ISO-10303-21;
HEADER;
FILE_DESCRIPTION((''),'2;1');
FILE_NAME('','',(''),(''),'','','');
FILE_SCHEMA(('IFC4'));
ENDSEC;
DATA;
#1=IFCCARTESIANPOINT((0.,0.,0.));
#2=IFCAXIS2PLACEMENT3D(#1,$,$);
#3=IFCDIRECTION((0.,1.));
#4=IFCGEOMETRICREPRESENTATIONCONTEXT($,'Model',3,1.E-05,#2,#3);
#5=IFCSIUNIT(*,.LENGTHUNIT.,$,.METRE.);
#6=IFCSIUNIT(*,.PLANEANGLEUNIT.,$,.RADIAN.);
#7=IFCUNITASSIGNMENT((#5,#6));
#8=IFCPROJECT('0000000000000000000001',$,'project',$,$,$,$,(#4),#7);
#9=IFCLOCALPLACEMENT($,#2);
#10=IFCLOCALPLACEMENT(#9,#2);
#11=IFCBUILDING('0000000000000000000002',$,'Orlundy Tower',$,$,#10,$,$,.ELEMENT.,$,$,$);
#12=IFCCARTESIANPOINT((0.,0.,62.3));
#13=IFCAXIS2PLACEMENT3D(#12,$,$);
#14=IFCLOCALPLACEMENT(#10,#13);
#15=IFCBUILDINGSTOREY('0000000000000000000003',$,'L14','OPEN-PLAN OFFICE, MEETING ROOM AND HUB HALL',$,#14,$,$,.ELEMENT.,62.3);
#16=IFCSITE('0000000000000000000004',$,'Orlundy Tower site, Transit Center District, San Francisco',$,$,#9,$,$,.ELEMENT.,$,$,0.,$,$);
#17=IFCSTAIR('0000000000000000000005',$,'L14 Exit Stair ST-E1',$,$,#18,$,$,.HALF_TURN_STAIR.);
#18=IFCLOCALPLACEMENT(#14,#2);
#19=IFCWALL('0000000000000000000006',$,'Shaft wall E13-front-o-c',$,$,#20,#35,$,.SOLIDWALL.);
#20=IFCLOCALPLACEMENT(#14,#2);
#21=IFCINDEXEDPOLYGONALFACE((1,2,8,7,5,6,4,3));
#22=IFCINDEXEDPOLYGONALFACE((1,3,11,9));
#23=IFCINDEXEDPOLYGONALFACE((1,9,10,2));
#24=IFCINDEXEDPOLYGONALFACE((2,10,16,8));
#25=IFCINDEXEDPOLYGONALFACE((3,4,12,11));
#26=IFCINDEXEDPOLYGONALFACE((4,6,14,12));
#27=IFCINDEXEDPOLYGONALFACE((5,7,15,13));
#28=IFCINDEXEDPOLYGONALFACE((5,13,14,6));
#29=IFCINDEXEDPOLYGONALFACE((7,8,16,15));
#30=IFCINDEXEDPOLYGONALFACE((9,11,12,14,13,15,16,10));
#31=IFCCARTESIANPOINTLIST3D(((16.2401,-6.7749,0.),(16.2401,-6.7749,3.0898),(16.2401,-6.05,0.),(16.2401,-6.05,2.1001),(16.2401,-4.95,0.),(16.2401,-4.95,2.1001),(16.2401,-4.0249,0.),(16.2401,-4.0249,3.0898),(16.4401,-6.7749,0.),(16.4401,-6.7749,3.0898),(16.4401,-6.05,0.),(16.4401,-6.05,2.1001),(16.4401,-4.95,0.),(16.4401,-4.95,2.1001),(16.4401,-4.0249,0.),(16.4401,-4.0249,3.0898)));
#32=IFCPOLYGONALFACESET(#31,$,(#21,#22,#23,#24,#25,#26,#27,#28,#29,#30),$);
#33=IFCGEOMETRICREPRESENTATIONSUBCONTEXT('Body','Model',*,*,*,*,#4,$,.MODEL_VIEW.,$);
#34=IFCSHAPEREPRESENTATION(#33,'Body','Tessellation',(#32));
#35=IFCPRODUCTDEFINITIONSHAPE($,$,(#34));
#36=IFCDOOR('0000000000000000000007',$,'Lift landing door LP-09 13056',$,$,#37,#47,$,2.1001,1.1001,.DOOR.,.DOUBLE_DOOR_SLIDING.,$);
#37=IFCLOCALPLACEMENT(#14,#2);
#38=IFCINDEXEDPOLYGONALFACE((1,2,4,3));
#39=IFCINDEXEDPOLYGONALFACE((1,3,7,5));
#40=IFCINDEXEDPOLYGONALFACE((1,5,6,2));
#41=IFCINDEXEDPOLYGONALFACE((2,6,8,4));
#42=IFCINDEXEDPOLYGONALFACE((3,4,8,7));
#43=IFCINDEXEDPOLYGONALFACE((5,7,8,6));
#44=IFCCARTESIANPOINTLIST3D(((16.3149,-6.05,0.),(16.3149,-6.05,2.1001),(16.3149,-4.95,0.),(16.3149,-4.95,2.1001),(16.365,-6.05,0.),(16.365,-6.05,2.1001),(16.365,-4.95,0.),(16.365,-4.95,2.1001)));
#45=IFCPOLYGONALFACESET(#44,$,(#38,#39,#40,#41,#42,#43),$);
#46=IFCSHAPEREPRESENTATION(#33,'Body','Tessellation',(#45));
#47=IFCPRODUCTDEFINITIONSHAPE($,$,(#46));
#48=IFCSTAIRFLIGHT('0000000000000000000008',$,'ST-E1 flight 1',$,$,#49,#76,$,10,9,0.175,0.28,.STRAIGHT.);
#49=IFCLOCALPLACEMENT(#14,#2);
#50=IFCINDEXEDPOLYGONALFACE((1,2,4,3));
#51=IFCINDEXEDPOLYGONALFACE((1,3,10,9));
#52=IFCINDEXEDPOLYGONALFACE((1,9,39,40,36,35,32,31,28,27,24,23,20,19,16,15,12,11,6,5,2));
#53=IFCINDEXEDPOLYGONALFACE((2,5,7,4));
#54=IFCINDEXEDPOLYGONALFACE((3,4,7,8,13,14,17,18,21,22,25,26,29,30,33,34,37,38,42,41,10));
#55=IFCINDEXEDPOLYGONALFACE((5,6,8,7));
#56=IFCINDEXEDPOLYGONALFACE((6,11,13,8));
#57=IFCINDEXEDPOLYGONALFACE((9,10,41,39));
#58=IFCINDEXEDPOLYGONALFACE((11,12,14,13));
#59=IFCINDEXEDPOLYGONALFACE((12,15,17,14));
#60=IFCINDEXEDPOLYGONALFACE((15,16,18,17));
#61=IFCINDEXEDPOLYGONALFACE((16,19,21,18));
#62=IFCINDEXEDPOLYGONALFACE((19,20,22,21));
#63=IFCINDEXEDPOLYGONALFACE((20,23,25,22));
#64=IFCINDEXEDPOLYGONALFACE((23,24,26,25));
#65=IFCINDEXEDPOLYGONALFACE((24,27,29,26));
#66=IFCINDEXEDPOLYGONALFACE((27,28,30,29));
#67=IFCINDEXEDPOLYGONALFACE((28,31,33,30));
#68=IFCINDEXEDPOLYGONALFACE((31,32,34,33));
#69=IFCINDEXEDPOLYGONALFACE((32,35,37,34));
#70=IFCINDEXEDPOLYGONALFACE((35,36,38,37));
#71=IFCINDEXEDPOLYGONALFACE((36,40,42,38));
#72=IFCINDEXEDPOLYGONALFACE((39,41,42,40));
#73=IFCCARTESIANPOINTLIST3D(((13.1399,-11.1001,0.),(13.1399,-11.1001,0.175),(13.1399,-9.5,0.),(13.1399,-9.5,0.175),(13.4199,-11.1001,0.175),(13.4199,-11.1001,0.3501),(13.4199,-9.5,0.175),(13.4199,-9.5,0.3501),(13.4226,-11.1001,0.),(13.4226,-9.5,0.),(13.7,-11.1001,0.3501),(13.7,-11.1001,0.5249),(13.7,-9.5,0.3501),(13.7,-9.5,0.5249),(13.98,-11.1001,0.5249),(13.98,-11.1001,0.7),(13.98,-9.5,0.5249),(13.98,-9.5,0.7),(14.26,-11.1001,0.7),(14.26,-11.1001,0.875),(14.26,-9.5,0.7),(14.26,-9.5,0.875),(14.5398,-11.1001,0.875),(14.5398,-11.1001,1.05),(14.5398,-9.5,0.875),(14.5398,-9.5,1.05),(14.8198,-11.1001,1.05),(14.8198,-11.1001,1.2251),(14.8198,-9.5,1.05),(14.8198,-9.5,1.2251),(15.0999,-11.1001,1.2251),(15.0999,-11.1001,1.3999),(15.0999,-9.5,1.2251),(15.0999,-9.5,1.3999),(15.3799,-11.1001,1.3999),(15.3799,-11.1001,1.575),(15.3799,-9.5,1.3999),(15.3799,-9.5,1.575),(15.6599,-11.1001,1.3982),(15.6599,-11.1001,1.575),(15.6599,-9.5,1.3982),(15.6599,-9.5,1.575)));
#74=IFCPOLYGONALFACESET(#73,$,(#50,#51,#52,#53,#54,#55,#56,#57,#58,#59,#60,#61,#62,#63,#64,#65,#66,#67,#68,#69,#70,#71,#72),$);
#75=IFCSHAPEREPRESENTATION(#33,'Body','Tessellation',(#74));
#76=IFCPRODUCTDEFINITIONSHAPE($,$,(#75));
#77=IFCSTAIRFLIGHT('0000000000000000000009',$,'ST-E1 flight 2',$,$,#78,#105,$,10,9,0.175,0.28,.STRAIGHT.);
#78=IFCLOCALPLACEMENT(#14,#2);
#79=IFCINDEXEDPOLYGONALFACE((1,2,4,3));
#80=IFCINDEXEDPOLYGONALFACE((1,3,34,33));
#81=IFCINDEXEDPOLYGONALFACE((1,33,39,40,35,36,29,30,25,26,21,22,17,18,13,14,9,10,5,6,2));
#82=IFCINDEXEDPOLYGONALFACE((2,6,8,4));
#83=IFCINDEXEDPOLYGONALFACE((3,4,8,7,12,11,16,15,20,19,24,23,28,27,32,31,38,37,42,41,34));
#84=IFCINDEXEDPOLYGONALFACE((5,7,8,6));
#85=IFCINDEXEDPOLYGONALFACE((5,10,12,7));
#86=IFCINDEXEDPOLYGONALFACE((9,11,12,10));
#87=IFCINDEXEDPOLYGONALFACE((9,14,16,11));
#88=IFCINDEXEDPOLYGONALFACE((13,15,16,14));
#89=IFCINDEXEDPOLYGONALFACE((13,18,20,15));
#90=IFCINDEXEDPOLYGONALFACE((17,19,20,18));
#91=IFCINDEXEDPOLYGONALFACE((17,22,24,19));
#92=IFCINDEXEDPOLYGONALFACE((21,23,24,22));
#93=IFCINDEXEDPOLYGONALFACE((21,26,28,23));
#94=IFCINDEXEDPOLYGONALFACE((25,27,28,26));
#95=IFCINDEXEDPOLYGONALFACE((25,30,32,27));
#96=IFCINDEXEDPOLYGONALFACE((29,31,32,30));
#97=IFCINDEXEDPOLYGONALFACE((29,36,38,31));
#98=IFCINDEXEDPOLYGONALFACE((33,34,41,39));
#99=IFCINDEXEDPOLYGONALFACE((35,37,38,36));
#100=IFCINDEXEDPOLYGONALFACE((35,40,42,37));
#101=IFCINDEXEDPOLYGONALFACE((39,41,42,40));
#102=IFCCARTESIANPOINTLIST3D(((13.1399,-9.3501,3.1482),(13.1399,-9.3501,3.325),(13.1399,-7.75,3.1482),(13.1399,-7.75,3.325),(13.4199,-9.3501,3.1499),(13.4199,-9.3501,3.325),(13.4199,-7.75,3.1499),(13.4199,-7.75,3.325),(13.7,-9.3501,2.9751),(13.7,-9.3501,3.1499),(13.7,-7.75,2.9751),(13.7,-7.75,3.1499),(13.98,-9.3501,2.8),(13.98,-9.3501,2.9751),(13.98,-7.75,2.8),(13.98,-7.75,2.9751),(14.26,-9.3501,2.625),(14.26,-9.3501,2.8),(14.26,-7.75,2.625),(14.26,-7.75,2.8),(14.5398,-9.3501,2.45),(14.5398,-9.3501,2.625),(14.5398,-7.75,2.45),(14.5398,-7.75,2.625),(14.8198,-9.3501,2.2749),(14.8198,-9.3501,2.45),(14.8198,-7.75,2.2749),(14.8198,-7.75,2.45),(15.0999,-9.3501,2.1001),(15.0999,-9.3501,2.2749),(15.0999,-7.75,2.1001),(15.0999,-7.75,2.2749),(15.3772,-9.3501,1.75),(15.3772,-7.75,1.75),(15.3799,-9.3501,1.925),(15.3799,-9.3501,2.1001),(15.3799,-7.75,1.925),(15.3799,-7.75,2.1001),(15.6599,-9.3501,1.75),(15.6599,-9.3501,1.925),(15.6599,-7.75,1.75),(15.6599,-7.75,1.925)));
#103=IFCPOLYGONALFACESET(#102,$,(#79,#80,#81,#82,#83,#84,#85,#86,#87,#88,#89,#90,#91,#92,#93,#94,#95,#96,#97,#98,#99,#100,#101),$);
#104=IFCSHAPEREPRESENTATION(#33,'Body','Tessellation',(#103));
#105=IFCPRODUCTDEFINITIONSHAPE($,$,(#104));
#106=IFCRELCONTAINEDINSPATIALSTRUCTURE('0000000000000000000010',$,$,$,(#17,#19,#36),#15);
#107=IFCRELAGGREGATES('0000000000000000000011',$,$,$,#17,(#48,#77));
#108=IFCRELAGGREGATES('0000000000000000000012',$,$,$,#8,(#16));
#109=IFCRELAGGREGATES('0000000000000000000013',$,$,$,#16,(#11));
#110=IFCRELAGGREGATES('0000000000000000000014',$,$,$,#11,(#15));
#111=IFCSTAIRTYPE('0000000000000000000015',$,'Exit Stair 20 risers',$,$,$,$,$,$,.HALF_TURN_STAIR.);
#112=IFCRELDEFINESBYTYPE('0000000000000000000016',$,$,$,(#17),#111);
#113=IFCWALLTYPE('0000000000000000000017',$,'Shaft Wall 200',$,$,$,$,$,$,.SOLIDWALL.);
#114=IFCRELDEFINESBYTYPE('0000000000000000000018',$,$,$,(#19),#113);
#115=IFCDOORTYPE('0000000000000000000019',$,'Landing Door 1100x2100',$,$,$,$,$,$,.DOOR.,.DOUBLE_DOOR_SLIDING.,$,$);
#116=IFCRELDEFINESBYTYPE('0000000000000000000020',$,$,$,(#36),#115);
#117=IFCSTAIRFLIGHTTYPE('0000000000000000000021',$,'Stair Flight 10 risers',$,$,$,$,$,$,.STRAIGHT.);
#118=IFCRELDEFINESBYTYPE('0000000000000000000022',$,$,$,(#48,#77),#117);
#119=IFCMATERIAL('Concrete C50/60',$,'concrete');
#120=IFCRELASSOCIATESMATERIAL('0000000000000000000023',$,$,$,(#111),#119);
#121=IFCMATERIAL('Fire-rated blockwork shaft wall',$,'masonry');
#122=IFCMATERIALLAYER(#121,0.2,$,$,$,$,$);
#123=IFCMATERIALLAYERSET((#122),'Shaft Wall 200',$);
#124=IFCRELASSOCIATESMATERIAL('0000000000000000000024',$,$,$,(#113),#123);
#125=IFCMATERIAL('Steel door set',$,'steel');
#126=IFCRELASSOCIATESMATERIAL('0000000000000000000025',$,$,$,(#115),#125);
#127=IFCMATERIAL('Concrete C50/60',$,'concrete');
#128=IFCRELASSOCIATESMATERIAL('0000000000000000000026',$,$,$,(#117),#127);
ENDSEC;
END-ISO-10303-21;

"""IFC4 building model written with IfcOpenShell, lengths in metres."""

from ifc_helpers import new_model, si_unit, direction, frame, frame_2d, origin, place, context, subcontext, project, spatial, polyline, rectangle, outline, extrude, material, layer, layer_set, type_object, element, fill, aggregate, save


model = new_model("IFC4")

# Units and contexts
model_context = context("Model", 3, precision=1e-05, world=origin(), true_north=direction((0.0, 1.0)))
body_context = subcontext(model_context, "Body", "Model", "MODEL_VIEW")
ifc_project = project(units=[si_unit("LENGTHUNIT", "METRE"), si_unit("PLANEANGLEUNIT", "RADIAN")], contexts=[model_context])

# Site, building, storey
site_placement = place(None, origin())
site = spatial("IfcSite", under=ifc_project, at=site_placement, Name="Orlundy Tower site, Transit Center District, San Francisco", CompositionType="ELEMENT", RefElevation=0.0)
building_placement = place(site_placement, origin())
building = spatial("IfcBuilding", under=site, at=building_placement, Name="Orlundy Tower", CompositionType="ELEMENT")
storey_placement = place(building_placement, frame((0.0, 0.0, 62.3)))
storey = spatial("IfcBuildingStorey", under=building, at=storey_placement, Name="L14", Description="OPEN-PLAN OFFICE, MEETING ROOM AND HUB HALL", CompositionType="ELEMENT", Elevation=62.3)

# Stair
ifc_material_1 = material(Name="Concrete C50/60", Category="concrete")
stair_type = type_object("IfcStairType", Name="Exit Stair 20 risers", PredefinedType="HALF_TURN_STAIR", material=ifc_material_1)
stair_1_placement = place(storey_placement, origin())
stair_1 = element("IfcStair", 1, at=stair_1_placement, inside=storey, type_object=stair_type, Name="L14 Exit Stair ST-E1", PredefinedType="HALF_TURN_STAIR")

# Shared definitions
ifc_material_2 = material(Name="Fire-rated blockwork shaft wall", Category="masonry")
ifc_layer_1 = layer(ifc_material_2, 0.2)
ifc_layer_set_1 = layer_set([ifc_layer_1], Name="Shaft Wall 200")
wall_type_1 = type_object("IfcWallType", Name="Shaft Wall 200", PredefinedType="SOLIDWALL", material=ifc_layer_set_1)

# Shared definitions
ifc_material_3 = material(Name="Steel door set", Category="steel")
door_type_1 = type_object("IfcDoorType", Name="Landing Door 1100x2100", OperationType="DOUBLE_DOOR_SLIDING", PredefinedType="DOOR", material=ifc_material_3)

# Wall, opening, door
wall_1_placement = place(storey_placement, frame((16.3401, -4.0249, 0.0), z_axis=(0.0, 0.0, 1.0), x_axis=(0.0, -1.0, 0.0)))
wall_1 = element("IfcWall", 2, at=wall_1_placement, inside=storey, type_object=wall_type_1, Name="Shaft wall E13-front-o-c", PredefinedType="SOLIDWALL", context=body_context, shape_type="SweptSolid", body=[
    extrude(rectangle(XDim=2.75, YDim=0.2, at=frame_2d((1.375, 0.0))), origin(), (0.0, 0.0, 1.0), 3.0898),
])
opening_1_placement = place(wall_1_placement, frame((0.925, 0.0, 0.0)))
opening_1 = element("IfcOpeningElement", 3, at=opening_1_placement, cuts=wall_1, PredefinedType="OPENING", context=body_context, shape_type="SweptSolid", body=[
    extrude(rectangle(XDim=1.1001, YDim=2.1001, at=frame_2d((0.55, 1.05))), frame((0.0, 0.1101, 0.0), z_axis=(0.0, -1.0, 0.0), x_axis=(1.0, 0.0, 0.0)), (0.0, 0.0, 1.0), 0.2202),
])
door_1_placement = place(opening_1_placement, origin())
door_1 = element("IfcDoor", 4, at=door_1_placement, inside=storey, type_object=door_type_1, Name="Lift landing door LP-09 13056", OperationType="DOUBLE_DOOR_SLIDING", OverallHeight=2.1001, OverallWidth=1.1001, PredefinedType="DOOR", context=body_context, shape_type="SweptSolid", body=[
    extrude(rectangle(XDim=1.1001, YDim=2.1001, at=frame_2d((0.55, 1.05))), frame((0.0, 0.0249, 0.0), z_axis=(0.0, -1.0, 0.0), x_axis=(1.0, 0.0, 0.0)), (0.0, 0.0, 1.0), 0.05),
])
fill(opening_1, door_1)

# Stair flights
ifc_material_4 = material(Name="Concrete C50/60", Category="concrete")
stair_flight_type = type_object("IfcStairFlightType", Name="Stair Flight 10 risers", PredefinedType="STRAIGHT", material=ifc_material_4)
stair_flight_1_placement = place(storey_placement, frame((13.1399, -10.3, 0.0), z_axis=(0.0, 0.0, 1.0), x_axis=(1.0, 0.0, 0.0)))
stair_flight_1 = element("IfcStairFlight", 5, at=stair_flight_1_placement, type_object=stair_flight_type, Name="ST-E1 flight 1", NumberOfRisers=10, NumberOfTreads=9, PredefinedType="STRAIGHT", RiserHeight=0.175, TreadLength=0.28, context=body_context, shape_type="SweptSolid", body=[
    extrude(outline(polyline([(0.0, 0.0), (0.0, 0.175), (0.28, 0.175), (0.28, 0.3501), (0.5601, 0.3501), (0.5601, 0.5249), (0.8401, 0.5249), (0.8401, 0.7), (1.1201, 0.7), (1.1201, 0.875), (1.3999, 0.875), (1.3999, 1.05), (1.6799, 1.05), (1.6799, 1.2251), (1.96, 1.2251), (1.96, 1.3999), (2.24, 1.3999), (2.24, 1.575), (2.52, 1.575), (2.52, 1.75), (2.52, 1.3982), (0.2827, 0.0), (0.0, 0.0)])), frame((0.0, 0.8, 0.0), z_axis=(0.0, -1.0, 0.0), x_axis=(1.0, 0.0, 0.0)), (0.0, 0.0, 1.0), 1.6001),
])
stair_flight_2_placement = place(storey_placement, frame((15.6599, -8.55, 1.75), z_axis=(0.0, 0.0, 1.0), x_axis=(-1.0, 0.0, 0.0)))
stair_flight_2 = element("IfcStairFlight", 6, at=stair_flight_2_placement, type_object=stair_flight_type, Name="ST-E1 flight 2", NumberOfRisers=10, NumberOfTreads=9, PredefinedType="STRAIGHT", RiserHeight=0.175, TreadLength=0.28, context=body_context, shape_type="SweptSolid", body=[
    extrude(outline(polyline([(0.0, 0.0), (0.0, 0.175), (0.28, 0.175), (0.28, 0.3501), (0.5601, 0.3501), (0.5601, 0.5249), (0.8401, 0.5249), (0.8401, 0.7), (1.1201, 0.7), (1.1201, 0.875), (1.3999, 0.875), (1.3999, 1.05), (1.6799, 1.05), (1.6799, 1.2251), (1.96, 1.2251), (1.96, 1.3999), (2.24, 1.3999), (2.24, 1.575), (2.52, 1.575), (2.52, 1.75), (2.52, 1.3982), (0.2827, 0.0), (0.0, 0.0)])), frame((0.0, 0.8, 0.0), z_axis=(0.0, -1.0, 0.0), x_axis=(1.0, 0.0, 0.0)), (0.0, 0.0, 1.0), 1.6001),
])
aggregate(stair_1, [stair_flight_1, stair_flight_2])

save(model, "model.ifc")
